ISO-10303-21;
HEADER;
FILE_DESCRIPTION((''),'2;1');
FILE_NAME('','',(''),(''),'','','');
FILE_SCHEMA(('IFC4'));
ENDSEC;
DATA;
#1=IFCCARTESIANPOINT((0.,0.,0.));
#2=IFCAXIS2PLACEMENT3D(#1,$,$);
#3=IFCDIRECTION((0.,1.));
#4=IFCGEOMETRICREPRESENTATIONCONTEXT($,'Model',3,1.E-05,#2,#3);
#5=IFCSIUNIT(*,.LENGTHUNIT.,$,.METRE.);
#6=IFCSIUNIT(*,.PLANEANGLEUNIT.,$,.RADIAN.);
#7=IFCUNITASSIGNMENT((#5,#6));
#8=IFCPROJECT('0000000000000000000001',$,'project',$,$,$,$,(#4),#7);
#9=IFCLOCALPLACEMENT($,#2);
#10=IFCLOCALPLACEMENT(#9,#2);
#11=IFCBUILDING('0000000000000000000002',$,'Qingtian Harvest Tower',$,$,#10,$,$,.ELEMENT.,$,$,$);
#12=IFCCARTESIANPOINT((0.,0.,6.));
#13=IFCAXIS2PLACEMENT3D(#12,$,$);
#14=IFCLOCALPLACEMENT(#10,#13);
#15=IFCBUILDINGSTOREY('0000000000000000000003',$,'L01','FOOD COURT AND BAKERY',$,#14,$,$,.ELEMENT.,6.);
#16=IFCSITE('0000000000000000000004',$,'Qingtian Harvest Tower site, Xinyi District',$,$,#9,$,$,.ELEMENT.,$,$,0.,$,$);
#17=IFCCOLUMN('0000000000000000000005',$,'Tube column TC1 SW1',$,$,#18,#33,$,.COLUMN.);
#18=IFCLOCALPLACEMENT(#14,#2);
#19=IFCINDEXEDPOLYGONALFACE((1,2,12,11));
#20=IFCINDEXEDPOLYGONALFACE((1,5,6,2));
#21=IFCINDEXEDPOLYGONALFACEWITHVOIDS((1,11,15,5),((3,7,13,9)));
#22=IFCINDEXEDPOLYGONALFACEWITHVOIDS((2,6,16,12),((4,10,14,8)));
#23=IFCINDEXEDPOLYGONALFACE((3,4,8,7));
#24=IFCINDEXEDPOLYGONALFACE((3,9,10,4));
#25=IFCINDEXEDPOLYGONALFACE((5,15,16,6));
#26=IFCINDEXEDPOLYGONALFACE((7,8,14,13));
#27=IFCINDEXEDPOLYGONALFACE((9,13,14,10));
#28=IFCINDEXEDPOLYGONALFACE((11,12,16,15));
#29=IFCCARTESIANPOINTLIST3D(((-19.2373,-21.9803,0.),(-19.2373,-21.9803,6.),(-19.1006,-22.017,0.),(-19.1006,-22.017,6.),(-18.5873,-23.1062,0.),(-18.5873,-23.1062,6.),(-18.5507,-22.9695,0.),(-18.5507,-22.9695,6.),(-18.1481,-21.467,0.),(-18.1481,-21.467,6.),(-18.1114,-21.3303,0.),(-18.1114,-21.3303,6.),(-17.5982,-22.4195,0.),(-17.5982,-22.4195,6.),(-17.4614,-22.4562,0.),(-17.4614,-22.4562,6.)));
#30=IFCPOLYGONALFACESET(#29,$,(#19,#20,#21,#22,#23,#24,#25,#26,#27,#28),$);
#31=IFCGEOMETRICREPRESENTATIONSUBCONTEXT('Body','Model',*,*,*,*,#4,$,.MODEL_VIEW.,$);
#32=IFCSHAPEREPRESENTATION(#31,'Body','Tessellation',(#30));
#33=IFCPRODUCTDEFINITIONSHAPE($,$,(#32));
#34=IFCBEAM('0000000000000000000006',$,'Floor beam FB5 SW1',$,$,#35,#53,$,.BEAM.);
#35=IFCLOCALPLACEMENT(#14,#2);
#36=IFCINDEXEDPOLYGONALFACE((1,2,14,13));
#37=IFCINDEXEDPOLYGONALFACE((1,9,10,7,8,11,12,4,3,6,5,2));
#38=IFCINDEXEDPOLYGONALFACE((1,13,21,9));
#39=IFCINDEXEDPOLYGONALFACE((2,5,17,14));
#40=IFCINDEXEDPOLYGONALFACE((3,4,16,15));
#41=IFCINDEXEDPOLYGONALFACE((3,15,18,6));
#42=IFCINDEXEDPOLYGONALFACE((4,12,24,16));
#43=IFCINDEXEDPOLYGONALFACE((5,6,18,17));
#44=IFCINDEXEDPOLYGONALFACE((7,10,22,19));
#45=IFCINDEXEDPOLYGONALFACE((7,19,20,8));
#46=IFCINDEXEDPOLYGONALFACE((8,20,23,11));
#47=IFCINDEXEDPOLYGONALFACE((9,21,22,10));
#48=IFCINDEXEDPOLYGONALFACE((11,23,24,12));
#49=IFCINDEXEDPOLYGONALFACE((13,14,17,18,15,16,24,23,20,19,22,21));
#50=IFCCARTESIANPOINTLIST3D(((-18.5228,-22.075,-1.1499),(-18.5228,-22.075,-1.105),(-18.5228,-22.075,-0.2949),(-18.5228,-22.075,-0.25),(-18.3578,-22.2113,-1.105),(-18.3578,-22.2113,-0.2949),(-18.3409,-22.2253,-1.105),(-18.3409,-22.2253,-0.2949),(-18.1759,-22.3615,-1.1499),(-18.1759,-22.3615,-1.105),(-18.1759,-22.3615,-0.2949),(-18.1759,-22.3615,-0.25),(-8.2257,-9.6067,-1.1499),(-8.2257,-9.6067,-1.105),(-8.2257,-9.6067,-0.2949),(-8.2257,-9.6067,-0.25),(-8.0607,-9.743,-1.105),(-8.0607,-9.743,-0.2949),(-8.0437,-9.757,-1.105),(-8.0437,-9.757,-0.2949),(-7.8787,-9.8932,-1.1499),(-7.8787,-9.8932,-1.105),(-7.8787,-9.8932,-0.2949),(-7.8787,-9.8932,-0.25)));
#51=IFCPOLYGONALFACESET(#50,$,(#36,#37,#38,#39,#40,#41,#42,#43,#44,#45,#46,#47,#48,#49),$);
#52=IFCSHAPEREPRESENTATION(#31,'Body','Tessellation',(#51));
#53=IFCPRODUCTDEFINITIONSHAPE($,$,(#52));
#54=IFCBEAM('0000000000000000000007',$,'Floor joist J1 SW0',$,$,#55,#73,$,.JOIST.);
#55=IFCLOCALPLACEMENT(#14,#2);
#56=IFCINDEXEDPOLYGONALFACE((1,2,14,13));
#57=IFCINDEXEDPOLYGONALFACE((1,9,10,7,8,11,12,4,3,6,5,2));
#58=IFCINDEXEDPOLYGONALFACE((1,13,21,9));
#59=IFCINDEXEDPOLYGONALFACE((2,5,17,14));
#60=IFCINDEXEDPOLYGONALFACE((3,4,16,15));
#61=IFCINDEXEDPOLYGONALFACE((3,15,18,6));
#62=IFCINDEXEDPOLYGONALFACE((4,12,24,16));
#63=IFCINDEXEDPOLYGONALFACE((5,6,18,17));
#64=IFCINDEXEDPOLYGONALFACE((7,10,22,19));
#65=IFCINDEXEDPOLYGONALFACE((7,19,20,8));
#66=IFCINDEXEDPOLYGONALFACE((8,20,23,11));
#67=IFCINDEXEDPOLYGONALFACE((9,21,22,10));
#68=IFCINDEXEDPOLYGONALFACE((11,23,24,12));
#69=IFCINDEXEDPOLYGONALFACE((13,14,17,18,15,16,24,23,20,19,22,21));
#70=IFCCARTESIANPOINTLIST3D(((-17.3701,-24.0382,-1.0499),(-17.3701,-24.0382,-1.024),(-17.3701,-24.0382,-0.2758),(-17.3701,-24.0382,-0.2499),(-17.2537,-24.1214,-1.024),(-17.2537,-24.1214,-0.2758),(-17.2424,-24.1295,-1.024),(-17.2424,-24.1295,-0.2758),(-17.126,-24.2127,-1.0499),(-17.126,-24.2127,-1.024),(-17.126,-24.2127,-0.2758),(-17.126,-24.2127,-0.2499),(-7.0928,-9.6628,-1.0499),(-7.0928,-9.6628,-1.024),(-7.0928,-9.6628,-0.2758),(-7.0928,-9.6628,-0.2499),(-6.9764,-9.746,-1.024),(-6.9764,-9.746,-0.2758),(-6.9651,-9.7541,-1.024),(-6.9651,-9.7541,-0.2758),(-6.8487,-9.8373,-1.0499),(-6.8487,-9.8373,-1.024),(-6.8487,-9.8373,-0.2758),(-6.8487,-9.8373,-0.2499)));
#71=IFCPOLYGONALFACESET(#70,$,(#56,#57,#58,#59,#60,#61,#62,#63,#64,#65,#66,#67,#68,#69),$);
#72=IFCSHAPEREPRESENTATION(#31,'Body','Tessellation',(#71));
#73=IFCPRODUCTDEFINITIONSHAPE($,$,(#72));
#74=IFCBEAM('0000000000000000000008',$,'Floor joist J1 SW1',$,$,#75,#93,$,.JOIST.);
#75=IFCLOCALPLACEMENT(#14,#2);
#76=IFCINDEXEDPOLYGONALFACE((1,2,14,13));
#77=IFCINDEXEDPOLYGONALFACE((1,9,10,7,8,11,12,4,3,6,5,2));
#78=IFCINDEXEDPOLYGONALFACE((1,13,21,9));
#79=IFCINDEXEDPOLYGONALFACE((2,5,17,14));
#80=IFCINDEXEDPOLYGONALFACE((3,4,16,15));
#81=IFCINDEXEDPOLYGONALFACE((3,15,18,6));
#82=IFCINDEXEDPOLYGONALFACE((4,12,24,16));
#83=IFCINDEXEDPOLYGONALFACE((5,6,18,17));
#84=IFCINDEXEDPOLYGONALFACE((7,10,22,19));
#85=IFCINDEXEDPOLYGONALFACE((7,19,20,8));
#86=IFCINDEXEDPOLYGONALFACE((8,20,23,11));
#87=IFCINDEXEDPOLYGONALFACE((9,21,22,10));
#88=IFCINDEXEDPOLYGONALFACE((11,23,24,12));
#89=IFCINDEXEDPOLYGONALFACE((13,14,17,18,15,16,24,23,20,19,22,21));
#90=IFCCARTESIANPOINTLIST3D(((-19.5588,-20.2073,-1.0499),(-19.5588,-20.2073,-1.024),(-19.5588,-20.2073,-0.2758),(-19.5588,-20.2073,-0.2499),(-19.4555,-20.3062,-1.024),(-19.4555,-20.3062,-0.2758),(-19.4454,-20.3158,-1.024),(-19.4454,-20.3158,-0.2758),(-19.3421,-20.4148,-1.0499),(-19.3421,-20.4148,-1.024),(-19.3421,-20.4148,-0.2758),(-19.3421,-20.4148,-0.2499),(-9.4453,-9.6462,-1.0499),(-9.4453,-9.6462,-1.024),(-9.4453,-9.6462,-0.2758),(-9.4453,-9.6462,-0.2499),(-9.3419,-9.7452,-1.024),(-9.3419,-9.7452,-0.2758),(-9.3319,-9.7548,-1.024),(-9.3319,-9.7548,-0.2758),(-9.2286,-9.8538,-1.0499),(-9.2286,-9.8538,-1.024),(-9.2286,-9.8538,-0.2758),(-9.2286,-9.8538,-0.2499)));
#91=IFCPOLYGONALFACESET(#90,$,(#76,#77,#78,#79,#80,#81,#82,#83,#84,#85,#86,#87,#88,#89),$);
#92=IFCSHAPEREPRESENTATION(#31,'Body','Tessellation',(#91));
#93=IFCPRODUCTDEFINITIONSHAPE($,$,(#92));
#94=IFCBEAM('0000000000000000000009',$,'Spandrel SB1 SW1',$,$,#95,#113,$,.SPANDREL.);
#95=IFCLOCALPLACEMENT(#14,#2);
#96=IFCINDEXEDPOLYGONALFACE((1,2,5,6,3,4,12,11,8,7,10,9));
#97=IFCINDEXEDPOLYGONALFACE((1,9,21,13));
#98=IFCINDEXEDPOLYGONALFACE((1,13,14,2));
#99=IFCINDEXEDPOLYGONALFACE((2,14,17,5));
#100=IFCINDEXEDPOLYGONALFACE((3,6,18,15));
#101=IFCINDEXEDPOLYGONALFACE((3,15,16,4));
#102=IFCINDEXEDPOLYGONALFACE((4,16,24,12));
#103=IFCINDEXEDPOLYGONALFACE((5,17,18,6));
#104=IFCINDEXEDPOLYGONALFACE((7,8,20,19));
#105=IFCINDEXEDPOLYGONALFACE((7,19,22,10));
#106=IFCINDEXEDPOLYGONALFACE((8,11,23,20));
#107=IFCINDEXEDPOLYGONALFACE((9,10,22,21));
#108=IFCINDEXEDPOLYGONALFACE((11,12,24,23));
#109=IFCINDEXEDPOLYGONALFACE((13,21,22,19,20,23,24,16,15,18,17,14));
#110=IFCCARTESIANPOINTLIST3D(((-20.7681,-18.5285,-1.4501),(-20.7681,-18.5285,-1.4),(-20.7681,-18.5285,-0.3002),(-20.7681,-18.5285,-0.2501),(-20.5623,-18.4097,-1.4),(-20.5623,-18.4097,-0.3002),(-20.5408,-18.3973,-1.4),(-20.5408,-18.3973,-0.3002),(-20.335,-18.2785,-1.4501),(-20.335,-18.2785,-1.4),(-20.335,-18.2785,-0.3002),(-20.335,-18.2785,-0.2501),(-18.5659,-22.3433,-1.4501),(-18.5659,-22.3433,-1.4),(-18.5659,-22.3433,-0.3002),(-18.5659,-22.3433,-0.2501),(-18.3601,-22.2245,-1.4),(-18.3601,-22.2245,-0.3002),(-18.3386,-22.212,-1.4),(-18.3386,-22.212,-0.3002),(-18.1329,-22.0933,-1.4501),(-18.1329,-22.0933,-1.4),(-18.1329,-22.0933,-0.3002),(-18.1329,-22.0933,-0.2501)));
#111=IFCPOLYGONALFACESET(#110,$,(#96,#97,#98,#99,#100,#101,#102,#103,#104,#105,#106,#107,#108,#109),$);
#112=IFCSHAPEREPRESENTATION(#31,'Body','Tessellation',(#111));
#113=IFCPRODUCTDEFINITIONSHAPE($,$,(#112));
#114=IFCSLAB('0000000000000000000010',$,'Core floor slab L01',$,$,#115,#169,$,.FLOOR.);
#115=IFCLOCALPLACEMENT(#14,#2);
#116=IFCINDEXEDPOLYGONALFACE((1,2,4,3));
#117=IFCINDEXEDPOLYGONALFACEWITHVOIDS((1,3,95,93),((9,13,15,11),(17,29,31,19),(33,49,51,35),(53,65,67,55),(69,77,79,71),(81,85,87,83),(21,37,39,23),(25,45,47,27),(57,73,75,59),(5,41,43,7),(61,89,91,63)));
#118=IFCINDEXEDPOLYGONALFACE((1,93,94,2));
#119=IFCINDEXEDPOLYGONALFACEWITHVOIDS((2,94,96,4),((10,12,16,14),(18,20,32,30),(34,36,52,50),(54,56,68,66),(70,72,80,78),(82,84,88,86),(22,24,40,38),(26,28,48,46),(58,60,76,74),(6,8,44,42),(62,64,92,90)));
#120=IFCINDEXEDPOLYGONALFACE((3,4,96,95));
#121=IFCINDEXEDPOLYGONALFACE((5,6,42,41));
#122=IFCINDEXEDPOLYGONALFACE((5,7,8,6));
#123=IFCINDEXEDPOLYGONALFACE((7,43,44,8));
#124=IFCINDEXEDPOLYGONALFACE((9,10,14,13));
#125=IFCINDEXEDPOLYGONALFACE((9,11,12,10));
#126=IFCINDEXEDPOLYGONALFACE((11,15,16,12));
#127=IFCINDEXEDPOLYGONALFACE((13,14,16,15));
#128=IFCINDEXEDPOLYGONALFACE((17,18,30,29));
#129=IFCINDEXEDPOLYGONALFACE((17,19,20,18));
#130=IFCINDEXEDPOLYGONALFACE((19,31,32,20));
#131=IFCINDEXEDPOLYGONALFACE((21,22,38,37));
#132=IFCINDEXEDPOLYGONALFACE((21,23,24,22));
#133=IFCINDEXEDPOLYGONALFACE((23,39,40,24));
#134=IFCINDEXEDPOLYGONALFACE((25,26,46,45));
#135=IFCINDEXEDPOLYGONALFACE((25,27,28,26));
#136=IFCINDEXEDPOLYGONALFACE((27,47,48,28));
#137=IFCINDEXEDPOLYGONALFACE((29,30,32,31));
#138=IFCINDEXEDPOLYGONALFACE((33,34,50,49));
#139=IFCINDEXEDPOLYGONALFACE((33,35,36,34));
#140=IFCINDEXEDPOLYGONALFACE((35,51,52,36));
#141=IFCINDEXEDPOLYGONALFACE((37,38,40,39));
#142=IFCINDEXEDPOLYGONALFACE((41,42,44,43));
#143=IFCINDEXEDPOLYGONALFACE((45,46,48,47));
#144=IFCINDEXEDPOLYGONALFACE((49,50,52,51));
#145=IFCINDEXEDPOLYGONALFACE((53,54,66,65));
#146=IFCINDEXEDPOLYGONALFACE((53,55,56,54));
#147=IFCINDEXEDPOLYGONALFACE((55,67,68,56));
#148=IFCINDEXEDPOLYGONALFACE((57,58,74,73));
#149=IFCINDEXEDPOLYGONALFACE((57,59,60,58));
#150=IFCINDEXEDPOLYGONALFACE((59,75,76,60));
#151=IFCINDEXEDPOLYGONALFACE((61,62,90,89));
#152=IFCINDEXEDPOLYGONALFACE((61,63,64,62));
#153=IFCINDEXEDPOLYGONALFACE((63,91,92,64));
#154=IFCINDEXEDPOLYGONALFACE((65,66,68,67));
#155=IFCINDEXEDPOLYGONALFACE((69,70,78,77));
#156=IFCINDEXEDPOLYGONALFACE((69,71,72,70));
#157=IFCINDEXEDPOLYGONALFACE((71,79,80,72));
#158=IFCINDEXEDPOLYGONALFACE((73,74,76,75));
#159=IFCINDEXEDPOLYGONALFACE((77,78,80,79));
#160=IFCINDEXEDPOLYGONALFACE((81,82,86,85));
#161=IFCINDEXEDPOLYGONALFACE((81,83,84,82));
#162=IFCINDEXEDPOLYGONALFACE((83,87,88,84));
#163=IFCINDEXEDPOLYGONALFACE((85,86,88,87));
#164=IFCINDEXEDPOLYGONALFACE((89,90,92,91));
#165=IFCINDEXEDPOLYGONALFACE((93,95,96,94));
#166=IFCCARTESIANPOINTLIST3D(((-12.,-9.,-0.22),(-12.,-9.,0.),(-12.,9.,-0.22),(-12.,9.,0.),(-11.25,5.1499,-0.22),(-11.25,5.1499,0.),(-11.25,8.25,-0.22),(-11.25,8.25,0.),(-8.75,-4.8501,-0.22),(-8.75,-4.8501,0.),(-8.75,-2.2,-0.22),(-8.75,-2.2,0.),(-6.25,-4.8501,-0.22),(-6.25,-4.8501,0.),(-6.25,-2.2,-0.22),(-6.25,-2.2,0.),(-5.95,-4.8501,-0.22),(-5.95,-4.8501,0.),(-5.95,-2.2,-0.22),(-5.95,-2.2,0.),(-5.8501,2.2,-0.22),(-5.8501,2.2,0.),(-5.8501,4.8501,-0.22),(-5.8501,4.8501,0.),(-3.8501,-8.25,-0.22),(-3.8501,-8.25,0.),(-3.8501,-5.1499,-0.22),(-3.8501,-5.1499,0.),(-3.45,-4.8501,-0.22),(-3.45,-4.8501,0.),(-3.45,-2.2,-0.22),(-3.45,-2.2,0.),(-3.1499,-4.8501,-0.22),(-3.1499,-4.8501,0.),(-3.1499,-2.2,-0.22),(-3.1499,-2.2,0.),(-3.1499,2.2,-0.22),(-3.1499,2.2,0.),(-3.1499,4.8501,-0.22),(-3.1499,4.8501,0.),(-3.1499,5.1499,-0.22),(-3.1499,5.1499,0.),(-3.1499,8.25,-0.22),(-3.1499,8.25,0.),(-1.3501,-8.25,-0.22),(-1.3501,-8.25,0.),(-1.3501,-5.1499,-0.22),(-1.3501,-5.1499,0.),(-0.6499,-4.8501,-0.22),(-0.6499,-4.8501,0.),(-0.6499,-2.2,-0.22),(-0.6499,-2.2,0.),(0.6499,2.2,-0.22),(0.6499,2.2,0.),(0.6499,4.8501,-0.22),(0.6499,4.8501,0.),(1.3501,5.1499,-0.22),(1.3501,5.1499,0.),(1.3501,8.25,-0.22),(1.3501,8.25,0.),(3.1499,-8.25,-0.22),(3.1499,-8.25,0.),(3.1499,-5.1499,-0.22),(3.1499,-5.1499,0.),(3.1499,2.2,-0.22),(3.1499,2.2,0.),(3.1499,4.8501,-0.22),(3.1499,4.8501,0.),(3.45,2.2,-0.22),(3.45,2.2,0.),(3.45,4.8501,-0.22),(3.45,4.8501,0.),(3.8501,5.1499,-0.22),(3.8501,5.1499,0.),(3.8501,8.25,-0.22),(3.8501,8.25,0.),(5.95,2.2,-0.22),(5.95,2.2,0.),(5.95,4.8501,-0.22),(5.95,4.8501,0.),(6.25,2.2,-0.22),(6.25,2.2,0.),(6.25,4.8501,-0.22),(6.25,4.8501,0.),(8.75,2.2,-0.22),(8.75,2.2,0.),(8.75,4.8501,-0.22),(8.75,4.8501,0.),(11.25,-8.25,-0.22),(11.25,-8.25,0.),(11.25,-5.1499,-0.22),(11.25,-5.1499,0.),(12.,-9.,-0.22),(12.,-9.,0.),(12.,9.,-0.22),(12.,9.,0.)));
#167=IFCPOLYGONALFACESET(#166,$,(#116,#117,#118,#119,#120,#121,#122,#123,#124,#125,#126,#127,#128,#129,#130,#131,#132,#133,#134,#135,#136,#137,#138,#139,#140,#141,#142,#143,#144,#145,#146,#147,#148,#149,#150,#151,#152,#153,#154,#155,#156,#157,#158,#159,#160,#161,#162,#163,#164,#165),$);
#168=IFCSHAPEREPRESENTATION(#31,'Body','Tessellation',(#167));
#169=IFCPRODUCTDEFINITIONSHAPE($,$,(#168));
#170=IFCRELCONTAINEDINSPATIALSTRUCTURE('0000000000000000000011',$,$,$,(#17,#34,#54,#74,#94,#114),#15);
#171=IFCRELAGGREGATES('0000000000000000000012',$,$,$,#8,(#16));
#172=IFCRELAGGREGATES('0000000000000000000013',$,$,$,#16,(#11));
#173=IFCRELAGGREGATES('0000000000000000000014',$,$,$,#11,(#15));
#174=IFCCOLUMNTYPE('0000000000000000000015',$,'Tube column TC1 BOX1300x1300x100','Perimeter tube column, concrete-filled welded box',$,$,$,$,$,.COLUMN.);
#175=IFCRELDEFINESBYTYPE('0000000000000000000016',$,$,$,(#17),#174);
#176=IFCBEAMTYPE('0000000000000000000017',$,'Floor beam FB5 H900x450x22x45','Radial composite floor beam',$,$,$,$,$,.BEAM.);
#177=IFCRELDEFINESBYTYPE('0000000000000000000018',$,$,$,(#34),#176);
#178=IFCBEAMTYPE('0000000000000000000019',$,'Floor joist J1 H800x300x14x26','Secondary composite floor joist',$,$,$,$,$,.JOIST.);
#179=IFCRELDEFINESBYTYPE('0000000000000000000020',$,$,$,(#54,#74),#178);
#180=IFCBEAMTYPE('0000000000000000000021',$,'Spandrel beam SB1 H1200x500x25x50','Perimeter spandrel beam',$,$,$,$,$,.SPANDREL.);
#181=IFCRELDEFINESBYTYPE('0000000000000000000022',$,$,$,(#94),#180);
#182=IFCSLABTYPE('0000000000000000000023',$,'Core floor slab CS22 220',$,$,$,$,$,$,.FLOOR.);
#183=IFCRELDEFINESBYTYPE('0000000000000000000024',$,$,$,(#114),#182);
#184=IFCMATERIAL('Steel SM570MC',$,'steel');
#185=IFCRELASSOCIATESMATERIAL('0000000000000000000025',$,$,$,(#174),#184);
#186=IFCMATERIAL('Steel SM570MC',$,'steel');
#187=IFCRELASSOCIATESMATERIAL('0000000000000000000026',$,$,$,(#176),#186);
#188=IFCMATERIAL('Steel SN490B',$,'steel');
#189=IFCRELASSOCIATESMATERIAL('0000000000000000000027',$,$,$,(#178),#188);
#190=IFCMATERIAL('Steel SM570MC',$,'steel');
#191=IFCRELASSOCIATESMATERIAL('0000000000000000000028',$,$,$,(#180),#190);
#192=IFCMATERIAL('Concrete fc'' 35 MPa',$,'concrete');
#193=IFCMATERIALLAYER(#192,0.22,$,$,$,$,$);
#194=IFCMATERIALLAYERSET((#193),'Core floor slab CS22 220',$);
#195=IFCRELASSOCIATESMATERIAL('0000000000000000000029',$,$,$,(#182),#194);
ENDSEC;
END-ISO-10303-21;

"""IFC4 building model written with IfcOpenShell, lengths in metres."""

from ifc_helpers import new_model, si_unit, direction, frame, origin, origin_2d, place, context, subcontext, project, spatial, polyline, hollow_rectangle, i_section, outline, extrude, material, layer, layer_set, material_profile, profile_set, type_object, element, save


model = new_model("IFC4")

# Units and contexts
model_context = context("Model", 3, precision=1e-05, world=origin(), true_north=direction((0.0, 1.0)))
body_context = subcontext(model_context, "Body", "Model", "MODEL_VIEW")
ifc_project = project(units=[si_unit("LENGTHUNIT", "METRE"), si_unit("PLANEANGLEUNIT", "RADIAN")], contexts=[model_context])

# Site, building, storey
site_placement = place(None, origin())
site = spatial("IfcSite", under=ifc_project, at=site_placement, Name="Qingtian Harvest Tower site, Xinyi District", CompositionType="ELEMENT", RefElevation=0.0)
building_placement = place(site_placement, origin())
building = spatial("IfcBuilding", under=site, at=building_placement, Name="Qingtian Harvest Tower", CompositionType="ELEMENT")
storey_placement = place(building_placement, frame((0.0, 0.0, 6.0)))
storey = spatial("IfcBuildingStorey", under=building, at=storey_placement, Name="L01", Description="FOOD COURT AND BAKERY", CompositionType="ELEMENT", Elevation=6.0)

# Column
ifc_material_1 = material(Name="Steel SM570MC", Category="steel")
ifc_material_profile_1 = material_profile(ifc_material_1, hollow_rectangle(XDim=1.3, YDim=1.3, WallThickness=0.1001, at=origin_2d()), Name="BOX1300x1300x100")
ifc_profile_set_1 = profile_set([ifc_material_profile_1], Name="Steel SM570MC")
column_type = type_object("IfcColumnType", Name="Tube column TC1 BOX1300x1300x100", Description="Perimeter tube column, concrete-filled welded box", PredefinedType="COLUMN", material=ifc_profile_set_1)
column_placement = place(storey_placement, frame((-18.3494, -22.2183, 0.0), z_axis=(0.0, 0.0, 1.0), x_axis=(0.5, -0.866025, 0.0)))
element("IfcColumn", 1, at=column_placement, inside=storey, type_object=column_type, Name="Tube column TC1 SW1", PredefinedType="COLUMN", context=body_context, shape_type="SweptSolid", body=[
    extrude(hollow_rectangle(XDim=1.3, YDim=1.3, WallThickness=0.1001, at=origin_2d()), origin(), (0.0, 0.0, 1.0), 6.0),
])

# Beams
ifc_material_2 = material(Name="Steel SM570MC", Category="steel")
ifc_material_profile_2 = material_profile(ifc_material_2, i_section(OverallWidth=0.45, OverallDepth=0.8999, WebThickness=0.022, FlangeThickness=0.0449, at=origin_2d()), Name="H900x450x22x45")
ifc_profile_set_2 = profile_set([ifc_material_profile_2], Name="Steel SM570MC")
beam_type_1 = type_object("IfcBeamType", Name="Floor beam FB5 H900x450x22x45", Description="Radial composite floor beam", PredefinedType="BEAM", material=ifc_profile_set_2)
beam_1_placement = place(storey_placement, frame((-18.3494, -22.2183, -0.7), z_axis=(0.63678, 0.771045, 0.0), x_axis=(-0.771045, 0.63678, 0.0)))
element("IfcBeam", 2, at=beam_1_placement, inside=storey, type_object=beam_type_1, Name="Floor beam FB5 SW1", PredefinedType="BEAM", context=body_context, shape_type="SweptSolid", body=[
    extrude(i_section(OverallWidth=0.45, OverallDepth=0.8999, WebThickness=0.022, FlangeThickness=0.0449, at=origin_2d()), origin(), (0.0, 0.0, 1.0), 16.1707),
])
ifc_material_3 = material(Name="Steel SN490B", Category="steel")
ifc_material_profile_3 = material_profile(ifc_material_3, i_section(OverallWidth=0.3, OverallDepth=0.8, WebThickness=0.0139, FlangeThickness=0.0259, at=origin_2d()), Name="H800x300x14x26")
ifc_profile_set_3 = profile_set([ifc_material_profile_3], Name="Steel SN490B")
beam_type_2 = type_object("IfcBeamType", Name="Floor joist J1 H800x300x14x26", Description="Secondary composite floor joist", PredefinedType="JOIST", material=ifc_profile_set_3)
beam_2_placement = place(storey_placement, frame((-17.248, -24.1255, -0.6499), z_axis=(0.581581, 0.813489, 0.0), x_axis=(-0.813489, 0.581581, 0.0)))
element("IfcBeam", 3, at=beam_2_placement, inside=storey, type_object=beam_type_2, Name="Floor joist J1 SW0", PredefinedType="JOIST", context=body_context, shape_type="SweptSolid", body=[
    extrude(i_section(OverallWidth=0.3, OverallDepth=0.8, WebThickness=0.0139, FlangeThickness=0.0259, at=origin_2d()), origin(), (0.0, 0.0, 1.0), 17.6714),
])
beam_3_placement = place(storey_placement, frame((-19.4504, -20.311, -0.6499), z_axis=(0.691639, 0.722243, 0.0), x_axis=(-0.722243, 0.691639, 0.0)))
element("IfcBeam", 4, at=beam_3_placement, inside=storey, type_object=beam_type_2, Name="Floor joist J1 SW1", PredefinedType="JOIST", context=body_context, shape_type="SweptSolid", body=[
    extrude(i_section(OverallWidth=0.3, OverallDepth=0.8, WebThickness=0.0139, FlangeThickness=0.0259, at=origin_2d()), origin(), (0.0, 0.0, 1.0), 14.6226),
])
ifc_material_4 = material(Name="Steel SM570MC", Category="steel")
ifc_material_profile_4 = material_profile(ifc_material_4, i_section(OverallWidth=0.5, OverallDepth=1.2, WebThickness=0.0249, FlangeThickness=0.05, at=origin_2d()), Name="H1200x500x25x50")
ifc_profile_set_4 = profile_set([ifc_material_profile_4], Name="Steel SM570MC")
beam_type_3 = type_object("IfcBeamType", Name="Spandrel beam SB1 H1200x500x25x50", Description="Perimeter spandrel beam", PredefinedType="SPANDREL", material=ifc_profile_set_4)
beam_4_placement = place(storey_placement, frame((-18.3494, -22.2183, -0.8501), z_axis=(-0.499954, 0.866052, 0.0), x_axis=(-0.866052, -0.499954, 0.0)))
element("IfcBeam", 5, at=beam_4_placement, inside=storey, type_object=beam_type_3, Name="Spandrel SB1 SW1", PredefinedType="SPANDREL", context=body_context, shape_type="SweptSolid", body=[
    extrude(i_section(OverallWidth=0.5, OverallDepth=1.2, WebThickness=0.0249, FlangeThickness=0.05, at=origin_2d()), origin(), (0.0, 0.0, 1.0), 4.4048),
])

# Slab
ifc_material_5 = material(Name="Concrete fc' 35 MPa", Category="concrete")
ifc_layer_1 = layer(ifc_material_5, 0.22)
ifc_layer_set_1 = layer_set([ifc_layer_1], Name="Core floor slab CS22 220")
slab_type = type_object("IfcSlabType", Name="Core floor slab CS22 220", PredefinedType="FLOOR", material=ifc_layer_set_1)
slab_placement = place(storey_placement, frame((0.0, 0.0, -0.22)))
element("IfcSlab", 6, at=slab_placement, inside=storey, type_object=slab_type, Name="Core floor slab L01", PredefinedType="FLOOR", context=body_context, shape_type="SweptSolid", body=[
    extrude(outline(polyline([(-12.0, -9.0), (12.0, -9.0), (12.0, 9.0), (-12.0, 9.0), (-12.0, -9.0)]), holes=[polyline([(-11.25, 5.1499), (-3.1499, 5.1499), (-3.1499, 8.25), (-11.25, 8.25), (-11.25, 5.1499)]), polyline([(3.1499, -8.25), (11.25, -8.25), (11.25, -5.1499), (3.1499, -5.1499), (3.1499, -8.25)]), polyline([(1.3501, 5.1499), (3.8501, 5.1499), (3.8501, 8.25), (1.3501, 8.25), (1.3501, 5.1499)]), polyline([(-3.8501, -8.25), (-1.3501, -8.25), (-1.3501, -5.1499), (-3.8501, -5.1499), (-3.8501, -8.25)]), polyline([(-5.8501, 2.2), (-3.1499, 2.2), (-3.1499, 4.8501), (-5.8501, 4.8501), (-5.8501, 2.2)]), polyline([(0.6499, 2.2), (3.1499, 2.2), (3.1499, 4.8501), (0.6499, 4.8501), (0.6499, 2.2)]), polyline([(3.45, 2.2), (5.95, 2.2), (5.95, 4.8501), (3.45, 4.8501), (3.45, 2.2)]), polyline([(6.25, 2.2), (8.75, 2.2), (8.75, 4.8501), (6.25, 4.8501), (6.25, 2.2)]), polyline([(-8.75, -4.8501), (-6.25, -4.8501), (-6.25, -2.2), (-8.75, -2.2), (-8.75, -4.8501)]), polyline([(-5.95, -4.8501), (-3.45, -4.8501), (-3.45, -2.2), (-5.95, -2.2), (-5.95, -4.8501)]), polyline([(-3.1499, -4.8501), (-0.6499, -4.8501), (-0.6499, -2.2), (-3.1499, -2.2), (-3.1499, -4.8501)])]), origin(), (0.0, 0.0, 1.0), 0.22),
])

save(model, "model.ifc")
